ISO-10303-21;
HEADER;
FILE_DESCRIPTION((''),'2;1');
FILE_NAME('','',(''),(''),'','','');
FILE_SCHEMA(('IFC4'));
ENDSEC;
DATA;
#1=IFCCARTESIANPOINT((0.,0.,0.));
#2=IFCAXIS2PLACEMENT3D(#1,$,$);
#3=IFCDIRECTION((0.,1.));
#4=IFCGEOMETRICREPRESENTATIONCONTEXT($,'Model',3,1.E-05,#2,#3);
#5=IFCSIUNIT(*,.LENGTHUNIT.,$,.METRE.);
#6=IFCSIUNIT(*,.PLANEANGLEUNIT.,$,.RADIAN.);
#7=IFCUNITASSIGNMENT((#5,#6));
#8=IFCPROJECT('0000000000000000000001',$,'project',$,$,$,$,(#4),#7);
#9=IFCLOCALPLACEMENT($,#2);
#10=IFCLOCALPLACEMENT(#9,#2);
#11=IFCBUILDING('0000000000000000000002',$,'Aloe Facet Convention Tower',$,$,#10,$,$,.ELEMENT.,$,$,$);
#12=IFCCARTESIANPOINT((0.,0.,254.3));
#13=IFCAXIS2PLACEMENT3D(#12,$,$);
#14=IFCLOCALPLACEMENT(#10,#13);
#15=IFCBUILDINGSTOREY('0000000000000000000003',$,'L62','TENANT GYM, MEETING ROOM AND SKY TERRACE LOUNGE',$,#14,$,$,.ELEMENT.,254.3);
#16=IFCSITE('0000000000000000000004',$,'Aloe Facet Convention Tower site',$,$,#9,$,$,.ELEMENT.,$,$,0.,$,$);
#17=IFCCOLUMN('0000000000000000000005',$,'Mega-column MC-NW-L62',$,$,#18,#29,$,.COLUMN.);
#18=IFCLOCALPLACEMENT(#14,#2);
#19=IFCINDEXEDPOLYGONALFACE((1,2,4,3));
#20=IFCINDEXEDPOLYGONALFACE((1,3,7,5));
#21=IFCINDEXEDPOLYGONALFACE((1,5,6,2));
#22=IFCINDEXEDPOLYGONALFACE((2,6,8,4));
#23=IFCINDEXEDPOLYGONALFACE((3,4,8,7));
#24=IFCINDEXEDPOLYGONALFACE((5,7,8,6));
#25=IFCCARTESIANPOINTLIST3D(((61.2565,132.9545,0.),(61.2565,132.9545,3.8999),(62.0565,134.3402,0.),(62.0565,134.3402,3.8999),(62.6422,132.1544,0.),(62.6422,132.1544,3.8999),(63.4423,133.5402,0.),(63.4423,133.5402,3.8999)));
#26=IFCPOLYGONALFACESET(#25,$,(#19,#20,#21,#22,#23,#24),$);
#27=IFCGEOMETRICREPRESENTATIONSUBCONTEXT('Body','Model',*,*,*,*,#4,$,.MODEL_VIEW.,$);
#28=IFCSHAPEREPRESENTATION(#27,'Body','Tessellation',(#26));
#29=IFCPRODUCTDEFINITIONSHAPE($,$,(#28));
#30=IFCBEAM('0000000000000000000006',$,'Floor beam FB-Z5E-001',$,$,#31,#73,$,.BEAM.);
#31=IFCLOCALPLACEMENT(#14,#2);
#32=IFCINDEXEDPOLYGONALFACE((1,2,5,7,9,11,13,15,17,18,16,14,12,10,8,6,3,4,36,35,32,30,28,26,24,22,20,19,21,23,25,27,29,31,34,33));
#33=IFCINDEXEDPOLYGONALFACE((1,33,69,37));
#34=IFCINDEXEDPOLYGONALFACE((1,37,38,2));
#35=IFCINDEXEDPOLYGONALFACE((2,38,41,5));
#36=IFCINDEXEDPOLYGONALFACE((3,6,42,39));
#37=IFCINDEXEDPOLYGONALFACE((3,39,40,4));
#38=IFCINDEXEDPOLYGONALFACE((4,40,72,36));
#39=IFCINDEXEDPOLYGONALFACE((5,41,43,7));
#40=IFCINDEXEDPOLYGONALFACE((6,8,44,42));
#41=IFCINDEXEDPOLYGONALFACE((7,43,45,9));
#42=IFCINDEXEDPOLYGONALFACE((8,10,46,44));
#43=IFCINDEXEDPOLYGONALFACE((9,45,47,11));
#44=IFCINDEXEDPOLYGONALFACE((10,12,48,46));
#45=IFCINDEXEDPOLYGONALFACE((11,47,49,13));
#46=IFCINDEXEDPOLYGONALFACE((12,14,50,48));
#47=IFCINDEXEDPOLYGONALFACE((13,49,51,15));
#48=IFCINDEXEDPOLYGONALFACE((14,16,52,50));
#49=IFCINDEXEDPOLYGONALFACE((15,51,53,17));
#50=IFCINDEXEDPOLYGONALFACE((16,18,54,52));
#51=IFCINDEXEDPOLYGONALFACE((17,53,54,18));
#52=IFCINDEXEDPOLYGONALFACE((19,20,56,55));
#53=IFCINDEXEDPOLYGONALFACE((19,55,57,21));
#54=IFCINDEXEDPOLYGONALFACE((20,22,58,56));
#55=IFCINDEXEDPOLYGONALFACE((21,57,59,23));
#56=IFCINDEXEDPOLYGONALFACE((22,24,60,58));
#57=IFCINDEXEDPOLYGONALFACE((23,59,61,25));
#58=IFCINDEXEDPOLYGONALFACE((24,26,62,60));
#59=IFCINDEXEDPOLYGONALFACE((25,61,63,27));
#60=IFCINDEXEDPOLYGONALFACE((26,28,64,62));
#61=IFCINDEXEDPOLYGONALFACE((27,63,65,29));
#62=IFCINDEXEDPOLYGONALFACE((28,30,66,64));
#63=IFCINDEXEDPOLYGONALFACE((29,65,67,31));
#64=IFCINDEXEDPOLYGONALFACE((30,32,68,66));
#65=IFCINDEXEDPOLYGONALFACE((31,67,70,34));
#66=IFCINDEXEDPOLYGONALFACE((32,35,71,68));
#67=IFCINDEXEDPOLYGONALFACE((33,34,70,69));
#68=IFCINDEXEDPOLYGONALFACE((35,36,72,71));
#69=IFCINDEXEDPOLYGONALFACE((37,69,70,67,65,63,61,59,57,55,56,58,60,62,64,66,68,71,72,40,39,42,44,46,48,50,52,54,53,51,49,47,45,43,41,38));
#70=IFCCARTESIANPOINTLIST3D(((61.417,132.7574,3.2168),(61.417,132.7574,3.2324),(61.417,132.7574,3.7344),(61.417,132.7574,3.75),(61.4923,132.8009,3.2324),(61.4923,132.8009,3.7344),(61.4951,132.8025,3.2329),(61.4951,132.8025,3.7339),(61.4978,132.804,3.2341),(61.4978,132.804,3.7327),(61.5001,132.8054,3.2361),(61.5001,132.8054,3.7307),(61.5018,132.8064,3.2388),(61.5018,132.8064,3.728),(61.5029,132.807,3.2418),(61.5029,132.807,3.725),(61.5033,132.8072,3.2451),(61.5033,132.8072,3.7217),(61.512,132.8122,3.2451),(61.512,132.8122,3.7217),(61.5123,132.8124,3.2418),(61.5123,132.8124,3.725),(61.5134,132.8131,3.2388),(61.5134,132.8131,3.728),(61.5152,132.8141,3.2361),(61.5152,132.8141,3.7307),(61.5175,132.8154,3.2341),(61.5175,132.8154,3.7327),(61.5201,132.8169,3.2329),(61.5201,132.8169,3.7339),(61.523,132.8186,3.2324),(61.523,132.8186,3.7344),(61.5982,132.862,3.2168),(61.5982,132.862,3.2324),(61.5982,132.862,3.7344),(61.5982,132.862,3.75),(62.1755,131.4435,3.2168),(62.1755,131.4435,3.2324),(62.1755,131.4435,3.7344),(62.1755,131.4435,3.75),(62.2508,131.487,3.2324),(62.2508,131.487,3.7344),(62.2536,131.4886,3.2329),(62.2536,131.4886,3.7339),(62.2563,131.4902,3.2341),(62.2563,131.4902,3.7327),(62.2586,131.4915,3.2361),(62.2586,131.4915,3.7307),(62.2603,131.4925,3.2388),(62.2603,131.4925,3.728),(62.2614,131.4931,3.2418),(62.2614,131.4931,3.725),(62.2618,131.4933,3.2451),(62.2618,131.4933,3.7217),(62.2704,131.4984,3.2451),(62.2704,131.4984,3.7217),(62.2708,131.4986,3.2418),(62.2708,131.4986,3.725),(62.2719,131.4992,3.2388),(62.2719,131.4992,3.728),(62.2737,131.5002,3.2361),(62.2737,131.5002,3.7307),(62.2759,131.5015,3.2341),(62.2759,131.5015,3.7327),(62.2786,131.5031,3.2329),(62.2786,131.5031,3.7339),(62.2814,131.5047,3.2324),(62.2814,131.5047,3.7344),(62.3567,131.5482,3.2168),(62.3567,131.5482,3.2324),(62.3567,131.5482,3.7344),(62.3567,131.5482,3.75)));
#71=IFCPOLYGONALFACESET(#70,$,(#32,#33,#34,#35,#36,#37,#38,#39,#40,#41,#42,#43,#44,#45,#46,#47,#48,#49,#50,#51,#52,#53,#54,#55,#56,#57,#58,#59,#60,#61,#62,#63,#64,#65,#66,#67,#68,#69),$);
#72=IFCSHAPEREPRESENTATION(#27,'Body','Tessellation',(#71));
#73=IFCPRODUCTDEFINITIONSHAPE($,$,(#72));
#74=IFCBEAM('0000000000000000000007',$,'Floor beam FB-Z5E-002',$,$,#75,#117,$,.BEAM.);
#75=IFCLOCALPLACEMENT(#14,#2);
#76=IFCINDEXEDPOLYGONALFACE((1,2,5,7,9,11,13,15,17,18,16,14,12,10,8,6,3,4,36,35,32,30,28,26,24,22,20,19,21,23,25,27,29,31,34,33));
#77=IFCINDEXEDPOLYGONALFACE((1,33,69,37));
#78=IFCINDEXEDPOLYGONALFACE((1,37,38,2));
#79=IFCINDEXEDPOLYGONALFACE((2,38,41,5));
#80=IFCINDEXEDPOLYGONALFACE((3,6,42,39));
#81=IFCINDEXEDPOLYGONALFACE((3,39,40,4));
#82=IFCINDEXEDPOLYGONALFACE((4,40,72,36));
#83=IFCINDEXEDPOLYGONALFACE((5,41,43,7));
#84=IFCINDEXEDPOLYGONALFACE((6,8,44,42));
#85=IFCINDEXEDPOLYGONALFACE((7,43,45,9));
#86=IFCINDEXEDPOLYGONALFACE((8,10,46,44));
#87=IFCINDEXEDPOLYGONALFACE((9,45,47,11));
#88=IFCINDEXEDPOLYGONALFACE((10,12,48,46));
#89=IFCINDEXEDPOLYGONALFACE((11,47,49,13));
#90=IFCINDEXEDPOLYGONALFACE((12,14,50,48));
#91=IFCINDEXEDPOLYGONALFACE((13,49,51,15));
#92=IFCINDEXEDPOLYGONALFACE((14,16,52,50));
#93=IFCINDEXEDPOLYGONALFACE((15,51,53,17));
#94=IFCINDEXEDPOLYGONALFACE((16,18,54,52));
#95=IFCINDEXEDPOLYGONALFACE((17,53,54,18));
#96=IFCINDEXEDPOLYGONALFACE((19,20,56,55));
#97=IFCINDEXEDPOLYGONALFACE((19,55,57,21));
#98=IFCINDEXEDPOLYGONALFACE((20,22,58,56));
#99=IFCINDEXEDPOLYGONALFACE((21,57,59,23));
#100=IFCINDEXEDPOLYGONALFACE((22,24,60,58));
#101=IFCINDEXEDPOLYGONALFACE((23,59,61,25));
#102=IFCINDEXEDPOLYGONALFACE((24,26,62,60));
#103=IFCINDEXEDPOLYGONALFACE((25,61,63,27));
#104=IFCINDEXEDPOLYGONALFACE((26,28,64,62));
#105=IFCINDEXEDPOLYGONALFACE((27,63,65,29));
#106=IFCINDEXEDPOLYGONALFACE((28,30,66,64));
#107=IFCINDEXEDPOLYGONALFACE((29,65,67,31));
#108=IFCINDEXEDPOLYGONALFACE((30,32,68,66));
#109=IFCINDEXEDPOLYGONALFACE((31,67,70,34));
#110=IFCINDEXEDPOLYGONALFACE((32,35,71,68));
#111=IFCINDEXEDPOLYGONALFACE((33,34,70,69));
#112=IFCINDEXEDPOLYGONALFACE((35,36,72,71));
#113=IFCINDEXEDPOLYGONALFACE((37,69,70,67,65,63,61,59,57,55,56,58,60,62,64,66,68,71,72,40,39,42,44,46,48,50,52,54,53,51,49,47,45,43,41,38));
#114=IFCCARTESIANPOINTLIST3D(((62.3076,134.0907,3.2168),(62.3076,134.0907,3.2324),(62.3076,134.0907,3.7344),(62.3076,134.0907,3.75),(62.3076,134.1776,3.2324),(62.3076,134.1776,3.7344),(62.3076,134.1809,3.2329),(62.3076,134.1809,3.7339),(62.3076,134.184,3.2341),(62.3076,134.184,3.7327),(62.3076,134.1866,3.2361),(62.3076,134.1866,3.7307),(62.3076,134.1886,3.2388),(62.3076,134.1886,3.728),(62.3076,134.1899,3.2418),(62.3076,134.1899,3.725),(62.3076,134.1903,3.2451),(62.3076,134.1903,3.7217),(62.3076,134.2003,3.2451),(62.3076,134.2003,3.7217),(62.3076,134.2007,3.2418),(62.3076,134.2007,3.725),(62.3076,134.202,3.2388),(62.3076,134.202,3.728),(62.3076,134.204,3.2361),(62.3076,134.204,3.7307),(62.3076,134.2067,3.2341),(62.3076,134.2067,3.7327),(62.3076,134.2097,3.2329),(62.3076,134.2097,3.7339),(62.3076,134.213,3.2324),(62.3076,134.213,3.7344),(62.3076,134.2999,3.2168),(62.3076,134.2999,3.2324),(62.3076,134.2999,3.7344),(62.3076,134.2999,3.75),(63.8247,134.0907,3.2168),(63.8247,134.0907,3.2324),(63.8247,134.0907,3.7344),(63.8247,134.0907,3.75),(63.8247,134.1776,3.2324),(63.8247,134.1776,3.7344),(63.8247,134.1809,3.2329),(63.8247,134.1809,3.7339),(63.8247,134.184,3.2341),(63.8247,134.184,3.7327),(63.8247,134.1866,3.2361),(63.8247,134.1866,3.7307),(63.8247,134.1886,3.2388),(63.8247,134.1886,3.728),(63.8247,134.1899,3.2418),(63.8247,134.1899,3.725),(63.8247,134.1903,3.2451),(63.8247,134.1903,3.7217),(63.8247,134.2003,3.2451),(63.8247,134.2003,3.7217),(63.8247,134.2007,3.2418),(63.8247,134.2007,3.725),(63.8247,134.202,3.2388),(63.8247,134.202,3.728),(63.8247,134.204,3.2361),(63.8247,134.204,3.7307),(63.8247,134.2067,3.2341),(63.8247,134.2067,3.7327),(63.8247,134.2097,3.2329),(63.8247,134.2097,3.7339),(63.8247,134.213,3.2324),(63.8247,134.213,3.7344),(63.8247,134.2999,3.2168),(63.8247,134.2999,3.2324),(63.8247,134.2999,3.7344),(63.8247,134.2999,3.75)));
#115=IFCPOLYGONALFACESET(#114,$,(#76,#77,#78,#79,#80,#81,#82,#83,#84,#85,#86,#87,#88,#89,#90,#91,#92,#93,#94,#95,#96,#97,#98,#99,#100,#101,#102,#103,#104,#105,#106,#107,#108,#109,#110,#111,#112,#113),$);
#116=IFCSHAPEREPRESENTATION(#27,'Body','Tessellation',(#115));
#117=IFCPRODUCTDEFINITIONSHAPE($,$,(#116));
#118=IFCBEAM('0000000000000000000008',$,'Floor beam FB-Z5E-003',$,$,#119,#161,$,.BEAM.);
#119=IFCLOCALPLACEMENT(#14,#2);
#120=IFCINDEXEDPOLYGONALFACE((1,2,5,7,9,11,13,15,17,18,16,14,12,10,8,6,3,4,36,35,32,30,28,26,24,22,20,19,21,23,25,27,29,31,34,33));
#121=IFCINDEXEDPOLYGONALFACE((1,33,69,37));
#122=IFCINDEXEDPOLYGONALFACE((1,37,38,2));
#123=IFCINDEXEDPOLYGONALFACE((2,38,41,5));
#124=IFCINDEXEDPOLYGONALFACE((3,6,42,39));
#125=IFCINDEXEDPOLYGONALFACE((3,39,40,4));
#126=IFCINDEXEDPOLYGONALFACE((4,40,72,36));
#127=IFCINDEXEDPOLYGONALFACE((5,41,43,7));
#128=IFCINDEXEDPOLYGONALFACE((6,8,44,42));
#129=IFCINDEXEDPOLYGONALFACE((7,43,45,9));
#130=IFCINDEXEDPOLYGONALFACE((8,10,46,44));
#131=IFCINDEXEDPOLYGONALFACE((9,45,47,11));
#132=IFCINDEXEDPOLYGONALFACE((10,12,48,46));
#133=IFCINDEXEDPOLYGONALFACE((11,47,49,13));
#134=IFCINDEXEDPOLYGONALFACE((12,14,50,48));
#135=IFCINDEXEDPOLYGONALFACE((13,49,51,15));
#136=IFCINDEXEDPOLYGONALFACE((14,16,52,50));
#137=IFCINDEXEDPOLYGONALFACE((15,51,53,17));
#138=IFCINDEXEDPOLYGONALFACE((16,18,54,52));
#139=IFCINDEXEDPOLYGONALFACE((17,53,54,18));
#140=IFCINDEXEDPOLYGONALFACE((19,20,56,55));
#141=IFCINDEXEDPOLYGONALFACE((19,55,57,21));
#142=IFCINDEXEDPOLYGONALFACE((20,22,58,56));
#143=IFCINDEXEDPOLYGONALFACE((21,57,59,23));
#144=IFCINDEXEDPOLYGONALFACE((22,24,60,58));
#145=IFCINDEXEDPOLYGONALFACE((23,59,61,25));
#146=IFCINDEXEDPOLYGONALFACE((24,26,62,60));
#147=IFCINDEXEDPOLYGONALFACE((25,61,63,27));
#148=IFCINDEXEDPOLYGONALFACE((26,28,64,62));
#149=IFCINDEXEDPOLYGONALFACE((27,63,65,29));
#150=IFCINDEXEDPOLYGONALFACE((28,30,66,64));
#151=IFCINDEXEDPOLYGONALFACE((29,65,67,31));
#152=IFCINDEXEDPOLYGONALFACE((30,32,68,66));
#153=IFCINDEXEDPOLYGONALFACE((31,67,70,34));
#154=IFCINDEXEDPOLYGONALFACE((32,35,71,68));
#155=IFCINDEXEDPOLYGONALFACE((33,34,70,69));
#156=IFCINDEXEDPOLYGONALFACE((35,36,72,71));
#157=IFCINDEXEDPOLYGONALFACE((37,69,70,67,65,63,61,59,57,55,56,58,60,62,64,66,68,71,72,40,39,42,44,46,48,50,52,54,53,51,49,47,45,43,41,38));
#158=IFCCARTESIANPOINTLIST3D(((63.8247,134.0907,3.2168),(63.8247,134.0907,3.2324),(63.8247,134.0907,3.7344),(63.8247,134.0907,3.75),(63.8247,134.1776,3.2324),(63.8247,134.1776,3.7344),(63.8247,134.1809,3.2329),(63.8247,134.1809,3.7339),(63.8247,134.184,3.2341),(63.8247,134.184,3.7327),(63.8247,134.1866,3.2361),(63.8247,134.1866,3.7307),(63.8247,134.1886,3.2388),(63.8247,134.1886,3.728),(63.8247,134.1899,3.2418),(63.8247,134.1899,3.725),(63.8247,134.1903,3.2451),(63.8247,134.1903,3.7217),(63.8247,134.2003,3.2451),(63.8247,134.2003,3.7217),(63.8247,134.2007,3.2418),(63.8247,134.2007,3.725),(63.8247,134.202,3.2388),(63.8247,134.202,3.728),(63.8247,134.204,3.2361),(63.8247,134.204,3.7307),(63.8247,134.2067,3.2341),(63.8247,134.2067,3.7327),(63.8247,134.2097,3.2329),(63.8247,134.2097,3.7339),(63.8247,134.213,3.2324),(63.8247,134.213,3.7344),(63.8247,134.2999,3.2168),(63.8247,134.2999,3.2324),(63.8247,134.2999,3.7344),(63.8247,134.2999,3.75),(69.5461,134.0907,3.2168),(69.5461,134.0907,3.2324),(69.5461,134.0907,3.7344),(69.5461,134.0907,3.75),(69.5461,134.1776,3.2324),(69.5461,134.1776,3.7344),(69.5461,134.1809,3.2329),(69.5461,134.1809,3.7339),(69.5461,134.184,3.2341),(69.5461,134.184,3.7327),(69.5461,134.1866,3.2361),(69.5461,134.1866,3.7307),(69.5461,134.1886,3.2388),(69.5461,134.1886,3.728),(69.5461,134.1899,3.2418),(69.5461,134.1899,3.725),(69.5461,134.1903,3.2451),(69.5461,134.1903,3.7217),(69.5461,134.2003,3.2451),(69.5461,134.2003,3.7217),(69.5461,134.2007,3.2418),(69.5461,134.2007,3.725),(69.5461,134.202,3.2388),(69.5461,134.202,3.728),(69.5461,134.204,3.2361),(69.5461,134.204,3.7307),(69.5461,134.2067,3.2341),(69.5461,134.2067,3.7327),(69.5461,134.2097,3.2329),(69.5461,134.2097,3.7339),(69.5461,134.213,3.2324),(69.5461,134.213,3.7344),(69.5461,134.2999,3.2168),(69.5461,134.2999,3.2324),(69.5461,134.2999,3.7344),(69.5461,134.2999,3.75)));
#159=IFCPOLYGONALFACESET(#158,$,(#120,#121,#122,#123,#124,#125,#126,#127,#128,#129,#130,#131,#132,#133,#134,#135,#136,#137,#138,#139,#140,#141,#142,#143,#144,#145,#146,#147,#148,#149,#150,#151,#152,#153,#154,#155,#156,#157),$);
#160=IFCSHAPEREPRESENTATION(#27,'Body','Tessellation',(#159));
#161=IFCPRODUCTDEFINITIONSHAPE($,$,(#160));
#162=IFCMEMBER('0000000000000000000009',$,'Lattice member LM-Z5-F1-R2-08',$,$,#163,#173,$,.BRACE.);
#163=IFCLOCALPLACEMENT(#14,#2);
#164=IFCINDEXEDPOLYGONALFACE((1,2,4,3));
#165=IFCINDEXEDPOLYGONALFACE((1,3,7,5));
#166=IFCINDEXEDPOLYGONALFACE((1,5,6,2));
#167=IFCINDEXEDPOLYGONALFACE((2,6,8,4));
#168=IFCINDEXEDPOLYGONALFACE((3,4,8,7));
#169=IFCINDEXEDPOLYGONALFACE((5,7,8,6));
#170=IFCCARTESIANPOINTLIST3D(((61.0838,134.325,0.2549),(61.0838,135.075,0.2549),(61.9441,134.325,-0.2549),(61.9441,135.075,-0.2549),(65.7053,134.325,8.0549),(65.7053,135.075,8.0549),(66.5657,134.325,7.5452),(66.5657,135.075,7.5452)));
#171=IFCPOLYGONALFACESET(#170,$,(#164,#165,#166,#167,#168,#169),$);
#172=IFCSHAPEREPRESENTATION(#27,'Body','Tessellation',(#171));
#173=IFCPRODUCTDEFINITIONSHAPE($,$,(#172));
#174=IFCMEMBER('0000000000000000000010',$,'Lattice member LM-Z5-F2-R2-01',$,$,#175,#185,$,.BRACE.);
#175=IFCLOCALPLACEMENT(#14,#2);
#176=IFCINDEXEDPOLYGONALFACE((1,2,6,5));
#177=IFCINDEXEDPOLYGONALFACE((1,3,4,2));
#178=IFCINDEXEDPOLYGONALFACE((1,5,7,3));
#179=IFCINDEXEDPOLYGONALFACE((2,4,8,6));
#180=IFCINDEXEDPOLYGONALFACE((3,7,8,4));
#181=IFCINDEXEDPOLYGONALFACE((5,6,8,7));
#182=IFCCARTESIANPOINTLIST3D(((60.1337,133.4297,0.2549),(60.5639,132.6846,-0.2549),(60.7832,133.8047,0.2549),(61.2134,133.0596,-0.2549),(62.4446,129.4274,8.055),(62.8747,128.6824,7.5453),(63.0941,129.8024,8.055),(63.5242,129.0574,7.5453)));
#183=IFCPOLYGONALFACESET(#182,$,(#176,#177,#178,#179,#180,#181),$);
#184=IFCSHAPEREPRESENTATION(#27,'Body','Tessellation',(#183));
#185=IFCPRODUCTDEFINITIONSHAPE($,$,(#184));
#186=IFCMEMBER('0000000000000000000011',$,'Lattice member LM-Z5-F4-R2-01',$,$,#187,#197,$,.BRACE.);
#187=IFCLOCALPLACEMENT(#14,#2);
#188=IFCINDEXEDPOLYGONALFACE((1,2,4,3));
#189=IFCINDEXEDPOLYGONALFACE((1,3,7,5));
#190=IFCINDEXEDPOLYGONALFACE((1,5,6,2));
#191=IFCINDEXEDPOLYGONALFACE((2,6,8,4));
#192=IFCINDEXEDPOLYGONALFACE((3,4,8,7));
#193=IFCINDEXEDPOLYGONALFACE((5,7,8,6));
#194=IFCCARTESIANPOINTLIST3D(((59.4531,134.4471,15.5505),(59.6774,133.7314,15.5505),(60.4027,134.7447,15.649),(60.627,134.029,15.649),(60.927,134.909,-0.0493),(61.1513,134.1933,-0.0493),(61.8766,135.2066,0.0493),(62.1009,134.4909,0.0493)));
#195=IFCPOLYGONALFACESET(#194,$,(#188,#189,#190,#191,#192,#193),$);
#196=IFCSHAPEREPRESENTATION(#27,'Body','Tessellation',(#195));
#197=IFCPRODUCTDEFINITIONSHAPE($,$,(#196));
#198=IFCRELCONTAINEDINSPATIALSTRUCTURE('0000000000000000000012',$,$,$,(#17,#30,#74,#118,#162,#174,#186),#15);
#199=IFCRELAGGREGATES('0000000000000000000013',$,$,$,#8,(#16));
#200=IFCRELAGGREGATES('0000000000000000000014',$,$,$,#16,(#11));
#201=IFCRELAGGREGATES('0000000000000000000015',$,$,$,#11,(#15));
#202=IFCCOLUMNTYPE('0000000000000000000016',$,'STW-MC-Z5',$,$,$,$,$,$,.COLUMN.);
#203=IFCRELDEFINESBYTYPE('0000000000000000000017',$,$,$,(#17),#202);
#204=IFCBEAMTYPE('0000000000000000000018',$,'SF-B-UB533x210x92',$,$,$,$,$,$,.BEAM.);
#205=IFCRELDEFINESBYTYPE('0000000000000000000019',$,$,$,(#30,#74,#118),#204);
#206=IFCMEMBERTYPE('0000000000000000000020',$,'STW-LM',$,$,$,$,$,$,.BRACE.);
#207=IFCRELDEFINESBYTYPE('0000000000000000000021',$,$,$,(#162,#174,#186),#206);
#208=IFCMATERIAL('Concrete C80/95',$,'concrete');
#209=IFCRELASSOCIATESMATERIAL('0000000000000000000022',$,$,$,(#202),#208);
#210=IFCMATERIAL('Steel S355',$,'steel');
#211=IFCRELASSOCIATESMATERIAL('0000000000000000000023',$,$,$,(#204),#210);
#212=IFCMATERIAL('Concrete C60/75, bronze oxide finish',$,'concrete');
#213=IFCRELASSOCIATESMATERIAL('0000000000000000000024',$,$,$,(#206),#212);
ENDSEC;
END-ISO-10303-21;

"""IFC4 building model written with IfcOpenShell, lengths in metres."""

from ifc_helpers import new_model, si_unit, direction, frame, origin, origin_2d, place, context, subcontext, project, spatial, rectangle, i_section, extrude, material, material_profile, profile_set, type_object, element, save


model = new_model("IFC4")

# Units and contexts
model_context = context("Model", 3, precision=1e-05, world=origin(), true_north=direction((0.0, 1.0)))
body_context = subcontext(model_context, "Body", "Model", "MODEL_VIEW")
ifc_project = project(units=[si_unit("LENGTHUNIT", "METRE"), si_unit("PLANEANGLEUNIT", "RADIAN")], contexts=[model_context])

# Site, building, storey
site_placement = place(None, origin())
site = spatial("IfcSite", under=ifc_project, at=site_placement, Name="Aloe Facet Convention Tower site", CompositionType="ELEMENT", RefElevation=0.0)
building_placement = place(site_placement, origin())
building = spatial("IfcBuilding", under=site, at=building_placement, Name="Aloe Facet Convention Tower", CompositionType="ELEMENT")
storey_placement = place(building_placement, frame((0.0, 0.0, 254.3)))
storey = spatial("IfcBuildingStorey", under=building, at=storey_placement, Name="L62", Description="TENANT GYM, MEETING ROOM AND SKY TERRACE LOUNGE", CompositionType="ELEMENT", Elevation=254.3)

# Column
ifc_material_1 = material(Name="Concrete C80/95", Category="concrete")
ifc_material_profile_1 = material_profile(ifc_material_1, rectangle(XDim=1.6001, YDim=1.6001, at=origin_2d()), Name="STW-MC-Z5")
ifc_profile_set_1 = profile_set([ifc_material_profile_1], Name="Concrete C80/95")
column_type = type_object("IfcColumnType", Name="STW-MC-Z5", PredefinedType="COLUMN", material=ifc_profile_set_1)
column_placement = place(storey_placement, frame((62.3494, 133.2473, 0.0), z_axis=(0.0, 0.0, 1.0), x_axis=(-0.5, -0.866025, 0.0)))
element("IfcColumn", 1, at=column_placement, inside=storey, type_object=column_type, Name="Mega-column MC-NW-L62", PredefinedType="COLUMN", context=body_context, shape_type="SweptSolid", body=[
    extrude(rectangle(XDim=1.6001, YDim=1.6001, at=origin_2d()), origin(), (0.0, 0.0, 1.0), 3.8999),
])

# Beams
ifc_material_2 = material(Name="Steel S355", Category="steel")
ifc_material_profile_2 = material_profile(ifc_material_2, i_section(OverallWidth=0.2092, OverallDepth=0.5332, WebThickness=0.01, FlangeThickness=0.0156, FilletRadius=0.0127, at=origin_2d()), Name="UB 533x210x92")
ifc_profile_set_2 = profile_set([ifc_material_profile_2], Name="Steel S355")
beam_type = type_object("IfcBeamType", Name="SF-B-UB533x210x92", PredefinedType="BEAM", material=ifc_profile_set_2)
for number, where, z_axis, x_axis, name in (
    (2, (62.2661, 131.4958, 3.4834), (-0.499964, 0.866046, 0.0), (-0.866046, -0.499964, 0.0), "Floor beam FB-Z5E-001"),
    (3, (62.3076, 134.1953, 3.4834), (1.0, 0.0, 0.0), (0.0, 1.0, 0.0), "Floor beam FB-Z5E-002"),
):
    element("IfcBeam", number, at=place(storey_placement, frame(where, z_axis=z_axis, x_axis=x_axis)), inside=storey, type_object=beam_type, Name=name, PredefinedType="BEAM", context=body_context, shape_type="SweptSolid", body=[
        extrude(i_section(OverallWidth=0.2092, OverallDepth=0.5332, WebThickness=0.01, FlangeThickness=0.0156, FilletRadius=0.0127, at=origin_2d()), origin(), (0.0, 0.0, 1.0), 1.5171),
    ])
beam_placement = place(storey_placement, frame((63.8247, 134.1953, 3.4834), z_axis=(1.0, 0.0, 0.0), x_axis=(0.0, 1.0, 0.0)))
element("IfcBeam", 4, at=beam_placement, inside=storey, type_object=beam_type, Name="Floor beam FB-Z5E-003", PredefinedType="BEAM", context=body_context, shape_type="SweptSolid", body=[
    extrude(i_section(OverallWidth=0.2092, OverallDepth=0.5332, WebThickness=0.01, FlangeThickness=0.0156, FilletRadius=0.0127, at=origin_2d()), origin(), (0.0, 0.0, 1.0), 5.7214),
])

# Members
ifc_material_3 = material(Name="Concrete C60/75, bronze oxide finish", Category="concrete")
ifc_material_profile_3 = material_profile(ifc_material_3, rectangle(XDim=0.75, YDim=1.0, at=origin_2d()), Name="STW-LM")
ifc_profile_set_3 = profile_set([ifc_material_profile_3], Name="Concrete C60/75, bronze oxide finish")
member_type = type_object("IfcMemberType", Name="STW-LM", PredefinedType="BRACE", material=ifc_profile_set_3)
for number, where, z_axis, x_axis, name in (
    (5, (61.5139, 134.7, 0.0), (0.509748, 0.0, 0.860324), (0.0, 1.0, 0.0), "Lattice member LM-Z5-F1-R2-08"),
    (6, (60.6736, 133.2446, 0.0), (0.254876, -0.441436, 0.860333), (0.866014, 0.50002, 0.0), "Lattice member LM-Z5-F2-R2-01"),
):
    element("IfcMember", number, at=place(storey_placement, frame(where, z_axis=z_axis, x_axis=x_axis)), inside=storey, type_object=member_type, Name=name, PredefinedType="BRACE", context=body_context, shape_type="SweptSolid", body=[
        extrude(rectangle(XDim=0.75, YDim=1.0, at=origin_2d()), origin(), (0.0, 0.0, 1.0), 9.0664),
    ])
member_1_placement = place(storey_placement, frame((61.5139, 134.7, 0.0), z_axis=(-0.09402, -0.029466, 0.995134), x_axis=(0.299058, -0.954235, 0.0)))
element("IfcMember", 7, at=member_1_placement, inside=storey, type_object=member_type, Name="Lattice member LM-Z5-F4-R2-01", PredefinedType="BRACE", context=body_context, shape_type="SweptSolid", body=[
    extrude(rectangle(XDim=0.75, YDim=1.0, at=origin_2d()), origin(), (0.0, 0.0, 1.0), 15.676),
])

save(model, "model.ifc")
